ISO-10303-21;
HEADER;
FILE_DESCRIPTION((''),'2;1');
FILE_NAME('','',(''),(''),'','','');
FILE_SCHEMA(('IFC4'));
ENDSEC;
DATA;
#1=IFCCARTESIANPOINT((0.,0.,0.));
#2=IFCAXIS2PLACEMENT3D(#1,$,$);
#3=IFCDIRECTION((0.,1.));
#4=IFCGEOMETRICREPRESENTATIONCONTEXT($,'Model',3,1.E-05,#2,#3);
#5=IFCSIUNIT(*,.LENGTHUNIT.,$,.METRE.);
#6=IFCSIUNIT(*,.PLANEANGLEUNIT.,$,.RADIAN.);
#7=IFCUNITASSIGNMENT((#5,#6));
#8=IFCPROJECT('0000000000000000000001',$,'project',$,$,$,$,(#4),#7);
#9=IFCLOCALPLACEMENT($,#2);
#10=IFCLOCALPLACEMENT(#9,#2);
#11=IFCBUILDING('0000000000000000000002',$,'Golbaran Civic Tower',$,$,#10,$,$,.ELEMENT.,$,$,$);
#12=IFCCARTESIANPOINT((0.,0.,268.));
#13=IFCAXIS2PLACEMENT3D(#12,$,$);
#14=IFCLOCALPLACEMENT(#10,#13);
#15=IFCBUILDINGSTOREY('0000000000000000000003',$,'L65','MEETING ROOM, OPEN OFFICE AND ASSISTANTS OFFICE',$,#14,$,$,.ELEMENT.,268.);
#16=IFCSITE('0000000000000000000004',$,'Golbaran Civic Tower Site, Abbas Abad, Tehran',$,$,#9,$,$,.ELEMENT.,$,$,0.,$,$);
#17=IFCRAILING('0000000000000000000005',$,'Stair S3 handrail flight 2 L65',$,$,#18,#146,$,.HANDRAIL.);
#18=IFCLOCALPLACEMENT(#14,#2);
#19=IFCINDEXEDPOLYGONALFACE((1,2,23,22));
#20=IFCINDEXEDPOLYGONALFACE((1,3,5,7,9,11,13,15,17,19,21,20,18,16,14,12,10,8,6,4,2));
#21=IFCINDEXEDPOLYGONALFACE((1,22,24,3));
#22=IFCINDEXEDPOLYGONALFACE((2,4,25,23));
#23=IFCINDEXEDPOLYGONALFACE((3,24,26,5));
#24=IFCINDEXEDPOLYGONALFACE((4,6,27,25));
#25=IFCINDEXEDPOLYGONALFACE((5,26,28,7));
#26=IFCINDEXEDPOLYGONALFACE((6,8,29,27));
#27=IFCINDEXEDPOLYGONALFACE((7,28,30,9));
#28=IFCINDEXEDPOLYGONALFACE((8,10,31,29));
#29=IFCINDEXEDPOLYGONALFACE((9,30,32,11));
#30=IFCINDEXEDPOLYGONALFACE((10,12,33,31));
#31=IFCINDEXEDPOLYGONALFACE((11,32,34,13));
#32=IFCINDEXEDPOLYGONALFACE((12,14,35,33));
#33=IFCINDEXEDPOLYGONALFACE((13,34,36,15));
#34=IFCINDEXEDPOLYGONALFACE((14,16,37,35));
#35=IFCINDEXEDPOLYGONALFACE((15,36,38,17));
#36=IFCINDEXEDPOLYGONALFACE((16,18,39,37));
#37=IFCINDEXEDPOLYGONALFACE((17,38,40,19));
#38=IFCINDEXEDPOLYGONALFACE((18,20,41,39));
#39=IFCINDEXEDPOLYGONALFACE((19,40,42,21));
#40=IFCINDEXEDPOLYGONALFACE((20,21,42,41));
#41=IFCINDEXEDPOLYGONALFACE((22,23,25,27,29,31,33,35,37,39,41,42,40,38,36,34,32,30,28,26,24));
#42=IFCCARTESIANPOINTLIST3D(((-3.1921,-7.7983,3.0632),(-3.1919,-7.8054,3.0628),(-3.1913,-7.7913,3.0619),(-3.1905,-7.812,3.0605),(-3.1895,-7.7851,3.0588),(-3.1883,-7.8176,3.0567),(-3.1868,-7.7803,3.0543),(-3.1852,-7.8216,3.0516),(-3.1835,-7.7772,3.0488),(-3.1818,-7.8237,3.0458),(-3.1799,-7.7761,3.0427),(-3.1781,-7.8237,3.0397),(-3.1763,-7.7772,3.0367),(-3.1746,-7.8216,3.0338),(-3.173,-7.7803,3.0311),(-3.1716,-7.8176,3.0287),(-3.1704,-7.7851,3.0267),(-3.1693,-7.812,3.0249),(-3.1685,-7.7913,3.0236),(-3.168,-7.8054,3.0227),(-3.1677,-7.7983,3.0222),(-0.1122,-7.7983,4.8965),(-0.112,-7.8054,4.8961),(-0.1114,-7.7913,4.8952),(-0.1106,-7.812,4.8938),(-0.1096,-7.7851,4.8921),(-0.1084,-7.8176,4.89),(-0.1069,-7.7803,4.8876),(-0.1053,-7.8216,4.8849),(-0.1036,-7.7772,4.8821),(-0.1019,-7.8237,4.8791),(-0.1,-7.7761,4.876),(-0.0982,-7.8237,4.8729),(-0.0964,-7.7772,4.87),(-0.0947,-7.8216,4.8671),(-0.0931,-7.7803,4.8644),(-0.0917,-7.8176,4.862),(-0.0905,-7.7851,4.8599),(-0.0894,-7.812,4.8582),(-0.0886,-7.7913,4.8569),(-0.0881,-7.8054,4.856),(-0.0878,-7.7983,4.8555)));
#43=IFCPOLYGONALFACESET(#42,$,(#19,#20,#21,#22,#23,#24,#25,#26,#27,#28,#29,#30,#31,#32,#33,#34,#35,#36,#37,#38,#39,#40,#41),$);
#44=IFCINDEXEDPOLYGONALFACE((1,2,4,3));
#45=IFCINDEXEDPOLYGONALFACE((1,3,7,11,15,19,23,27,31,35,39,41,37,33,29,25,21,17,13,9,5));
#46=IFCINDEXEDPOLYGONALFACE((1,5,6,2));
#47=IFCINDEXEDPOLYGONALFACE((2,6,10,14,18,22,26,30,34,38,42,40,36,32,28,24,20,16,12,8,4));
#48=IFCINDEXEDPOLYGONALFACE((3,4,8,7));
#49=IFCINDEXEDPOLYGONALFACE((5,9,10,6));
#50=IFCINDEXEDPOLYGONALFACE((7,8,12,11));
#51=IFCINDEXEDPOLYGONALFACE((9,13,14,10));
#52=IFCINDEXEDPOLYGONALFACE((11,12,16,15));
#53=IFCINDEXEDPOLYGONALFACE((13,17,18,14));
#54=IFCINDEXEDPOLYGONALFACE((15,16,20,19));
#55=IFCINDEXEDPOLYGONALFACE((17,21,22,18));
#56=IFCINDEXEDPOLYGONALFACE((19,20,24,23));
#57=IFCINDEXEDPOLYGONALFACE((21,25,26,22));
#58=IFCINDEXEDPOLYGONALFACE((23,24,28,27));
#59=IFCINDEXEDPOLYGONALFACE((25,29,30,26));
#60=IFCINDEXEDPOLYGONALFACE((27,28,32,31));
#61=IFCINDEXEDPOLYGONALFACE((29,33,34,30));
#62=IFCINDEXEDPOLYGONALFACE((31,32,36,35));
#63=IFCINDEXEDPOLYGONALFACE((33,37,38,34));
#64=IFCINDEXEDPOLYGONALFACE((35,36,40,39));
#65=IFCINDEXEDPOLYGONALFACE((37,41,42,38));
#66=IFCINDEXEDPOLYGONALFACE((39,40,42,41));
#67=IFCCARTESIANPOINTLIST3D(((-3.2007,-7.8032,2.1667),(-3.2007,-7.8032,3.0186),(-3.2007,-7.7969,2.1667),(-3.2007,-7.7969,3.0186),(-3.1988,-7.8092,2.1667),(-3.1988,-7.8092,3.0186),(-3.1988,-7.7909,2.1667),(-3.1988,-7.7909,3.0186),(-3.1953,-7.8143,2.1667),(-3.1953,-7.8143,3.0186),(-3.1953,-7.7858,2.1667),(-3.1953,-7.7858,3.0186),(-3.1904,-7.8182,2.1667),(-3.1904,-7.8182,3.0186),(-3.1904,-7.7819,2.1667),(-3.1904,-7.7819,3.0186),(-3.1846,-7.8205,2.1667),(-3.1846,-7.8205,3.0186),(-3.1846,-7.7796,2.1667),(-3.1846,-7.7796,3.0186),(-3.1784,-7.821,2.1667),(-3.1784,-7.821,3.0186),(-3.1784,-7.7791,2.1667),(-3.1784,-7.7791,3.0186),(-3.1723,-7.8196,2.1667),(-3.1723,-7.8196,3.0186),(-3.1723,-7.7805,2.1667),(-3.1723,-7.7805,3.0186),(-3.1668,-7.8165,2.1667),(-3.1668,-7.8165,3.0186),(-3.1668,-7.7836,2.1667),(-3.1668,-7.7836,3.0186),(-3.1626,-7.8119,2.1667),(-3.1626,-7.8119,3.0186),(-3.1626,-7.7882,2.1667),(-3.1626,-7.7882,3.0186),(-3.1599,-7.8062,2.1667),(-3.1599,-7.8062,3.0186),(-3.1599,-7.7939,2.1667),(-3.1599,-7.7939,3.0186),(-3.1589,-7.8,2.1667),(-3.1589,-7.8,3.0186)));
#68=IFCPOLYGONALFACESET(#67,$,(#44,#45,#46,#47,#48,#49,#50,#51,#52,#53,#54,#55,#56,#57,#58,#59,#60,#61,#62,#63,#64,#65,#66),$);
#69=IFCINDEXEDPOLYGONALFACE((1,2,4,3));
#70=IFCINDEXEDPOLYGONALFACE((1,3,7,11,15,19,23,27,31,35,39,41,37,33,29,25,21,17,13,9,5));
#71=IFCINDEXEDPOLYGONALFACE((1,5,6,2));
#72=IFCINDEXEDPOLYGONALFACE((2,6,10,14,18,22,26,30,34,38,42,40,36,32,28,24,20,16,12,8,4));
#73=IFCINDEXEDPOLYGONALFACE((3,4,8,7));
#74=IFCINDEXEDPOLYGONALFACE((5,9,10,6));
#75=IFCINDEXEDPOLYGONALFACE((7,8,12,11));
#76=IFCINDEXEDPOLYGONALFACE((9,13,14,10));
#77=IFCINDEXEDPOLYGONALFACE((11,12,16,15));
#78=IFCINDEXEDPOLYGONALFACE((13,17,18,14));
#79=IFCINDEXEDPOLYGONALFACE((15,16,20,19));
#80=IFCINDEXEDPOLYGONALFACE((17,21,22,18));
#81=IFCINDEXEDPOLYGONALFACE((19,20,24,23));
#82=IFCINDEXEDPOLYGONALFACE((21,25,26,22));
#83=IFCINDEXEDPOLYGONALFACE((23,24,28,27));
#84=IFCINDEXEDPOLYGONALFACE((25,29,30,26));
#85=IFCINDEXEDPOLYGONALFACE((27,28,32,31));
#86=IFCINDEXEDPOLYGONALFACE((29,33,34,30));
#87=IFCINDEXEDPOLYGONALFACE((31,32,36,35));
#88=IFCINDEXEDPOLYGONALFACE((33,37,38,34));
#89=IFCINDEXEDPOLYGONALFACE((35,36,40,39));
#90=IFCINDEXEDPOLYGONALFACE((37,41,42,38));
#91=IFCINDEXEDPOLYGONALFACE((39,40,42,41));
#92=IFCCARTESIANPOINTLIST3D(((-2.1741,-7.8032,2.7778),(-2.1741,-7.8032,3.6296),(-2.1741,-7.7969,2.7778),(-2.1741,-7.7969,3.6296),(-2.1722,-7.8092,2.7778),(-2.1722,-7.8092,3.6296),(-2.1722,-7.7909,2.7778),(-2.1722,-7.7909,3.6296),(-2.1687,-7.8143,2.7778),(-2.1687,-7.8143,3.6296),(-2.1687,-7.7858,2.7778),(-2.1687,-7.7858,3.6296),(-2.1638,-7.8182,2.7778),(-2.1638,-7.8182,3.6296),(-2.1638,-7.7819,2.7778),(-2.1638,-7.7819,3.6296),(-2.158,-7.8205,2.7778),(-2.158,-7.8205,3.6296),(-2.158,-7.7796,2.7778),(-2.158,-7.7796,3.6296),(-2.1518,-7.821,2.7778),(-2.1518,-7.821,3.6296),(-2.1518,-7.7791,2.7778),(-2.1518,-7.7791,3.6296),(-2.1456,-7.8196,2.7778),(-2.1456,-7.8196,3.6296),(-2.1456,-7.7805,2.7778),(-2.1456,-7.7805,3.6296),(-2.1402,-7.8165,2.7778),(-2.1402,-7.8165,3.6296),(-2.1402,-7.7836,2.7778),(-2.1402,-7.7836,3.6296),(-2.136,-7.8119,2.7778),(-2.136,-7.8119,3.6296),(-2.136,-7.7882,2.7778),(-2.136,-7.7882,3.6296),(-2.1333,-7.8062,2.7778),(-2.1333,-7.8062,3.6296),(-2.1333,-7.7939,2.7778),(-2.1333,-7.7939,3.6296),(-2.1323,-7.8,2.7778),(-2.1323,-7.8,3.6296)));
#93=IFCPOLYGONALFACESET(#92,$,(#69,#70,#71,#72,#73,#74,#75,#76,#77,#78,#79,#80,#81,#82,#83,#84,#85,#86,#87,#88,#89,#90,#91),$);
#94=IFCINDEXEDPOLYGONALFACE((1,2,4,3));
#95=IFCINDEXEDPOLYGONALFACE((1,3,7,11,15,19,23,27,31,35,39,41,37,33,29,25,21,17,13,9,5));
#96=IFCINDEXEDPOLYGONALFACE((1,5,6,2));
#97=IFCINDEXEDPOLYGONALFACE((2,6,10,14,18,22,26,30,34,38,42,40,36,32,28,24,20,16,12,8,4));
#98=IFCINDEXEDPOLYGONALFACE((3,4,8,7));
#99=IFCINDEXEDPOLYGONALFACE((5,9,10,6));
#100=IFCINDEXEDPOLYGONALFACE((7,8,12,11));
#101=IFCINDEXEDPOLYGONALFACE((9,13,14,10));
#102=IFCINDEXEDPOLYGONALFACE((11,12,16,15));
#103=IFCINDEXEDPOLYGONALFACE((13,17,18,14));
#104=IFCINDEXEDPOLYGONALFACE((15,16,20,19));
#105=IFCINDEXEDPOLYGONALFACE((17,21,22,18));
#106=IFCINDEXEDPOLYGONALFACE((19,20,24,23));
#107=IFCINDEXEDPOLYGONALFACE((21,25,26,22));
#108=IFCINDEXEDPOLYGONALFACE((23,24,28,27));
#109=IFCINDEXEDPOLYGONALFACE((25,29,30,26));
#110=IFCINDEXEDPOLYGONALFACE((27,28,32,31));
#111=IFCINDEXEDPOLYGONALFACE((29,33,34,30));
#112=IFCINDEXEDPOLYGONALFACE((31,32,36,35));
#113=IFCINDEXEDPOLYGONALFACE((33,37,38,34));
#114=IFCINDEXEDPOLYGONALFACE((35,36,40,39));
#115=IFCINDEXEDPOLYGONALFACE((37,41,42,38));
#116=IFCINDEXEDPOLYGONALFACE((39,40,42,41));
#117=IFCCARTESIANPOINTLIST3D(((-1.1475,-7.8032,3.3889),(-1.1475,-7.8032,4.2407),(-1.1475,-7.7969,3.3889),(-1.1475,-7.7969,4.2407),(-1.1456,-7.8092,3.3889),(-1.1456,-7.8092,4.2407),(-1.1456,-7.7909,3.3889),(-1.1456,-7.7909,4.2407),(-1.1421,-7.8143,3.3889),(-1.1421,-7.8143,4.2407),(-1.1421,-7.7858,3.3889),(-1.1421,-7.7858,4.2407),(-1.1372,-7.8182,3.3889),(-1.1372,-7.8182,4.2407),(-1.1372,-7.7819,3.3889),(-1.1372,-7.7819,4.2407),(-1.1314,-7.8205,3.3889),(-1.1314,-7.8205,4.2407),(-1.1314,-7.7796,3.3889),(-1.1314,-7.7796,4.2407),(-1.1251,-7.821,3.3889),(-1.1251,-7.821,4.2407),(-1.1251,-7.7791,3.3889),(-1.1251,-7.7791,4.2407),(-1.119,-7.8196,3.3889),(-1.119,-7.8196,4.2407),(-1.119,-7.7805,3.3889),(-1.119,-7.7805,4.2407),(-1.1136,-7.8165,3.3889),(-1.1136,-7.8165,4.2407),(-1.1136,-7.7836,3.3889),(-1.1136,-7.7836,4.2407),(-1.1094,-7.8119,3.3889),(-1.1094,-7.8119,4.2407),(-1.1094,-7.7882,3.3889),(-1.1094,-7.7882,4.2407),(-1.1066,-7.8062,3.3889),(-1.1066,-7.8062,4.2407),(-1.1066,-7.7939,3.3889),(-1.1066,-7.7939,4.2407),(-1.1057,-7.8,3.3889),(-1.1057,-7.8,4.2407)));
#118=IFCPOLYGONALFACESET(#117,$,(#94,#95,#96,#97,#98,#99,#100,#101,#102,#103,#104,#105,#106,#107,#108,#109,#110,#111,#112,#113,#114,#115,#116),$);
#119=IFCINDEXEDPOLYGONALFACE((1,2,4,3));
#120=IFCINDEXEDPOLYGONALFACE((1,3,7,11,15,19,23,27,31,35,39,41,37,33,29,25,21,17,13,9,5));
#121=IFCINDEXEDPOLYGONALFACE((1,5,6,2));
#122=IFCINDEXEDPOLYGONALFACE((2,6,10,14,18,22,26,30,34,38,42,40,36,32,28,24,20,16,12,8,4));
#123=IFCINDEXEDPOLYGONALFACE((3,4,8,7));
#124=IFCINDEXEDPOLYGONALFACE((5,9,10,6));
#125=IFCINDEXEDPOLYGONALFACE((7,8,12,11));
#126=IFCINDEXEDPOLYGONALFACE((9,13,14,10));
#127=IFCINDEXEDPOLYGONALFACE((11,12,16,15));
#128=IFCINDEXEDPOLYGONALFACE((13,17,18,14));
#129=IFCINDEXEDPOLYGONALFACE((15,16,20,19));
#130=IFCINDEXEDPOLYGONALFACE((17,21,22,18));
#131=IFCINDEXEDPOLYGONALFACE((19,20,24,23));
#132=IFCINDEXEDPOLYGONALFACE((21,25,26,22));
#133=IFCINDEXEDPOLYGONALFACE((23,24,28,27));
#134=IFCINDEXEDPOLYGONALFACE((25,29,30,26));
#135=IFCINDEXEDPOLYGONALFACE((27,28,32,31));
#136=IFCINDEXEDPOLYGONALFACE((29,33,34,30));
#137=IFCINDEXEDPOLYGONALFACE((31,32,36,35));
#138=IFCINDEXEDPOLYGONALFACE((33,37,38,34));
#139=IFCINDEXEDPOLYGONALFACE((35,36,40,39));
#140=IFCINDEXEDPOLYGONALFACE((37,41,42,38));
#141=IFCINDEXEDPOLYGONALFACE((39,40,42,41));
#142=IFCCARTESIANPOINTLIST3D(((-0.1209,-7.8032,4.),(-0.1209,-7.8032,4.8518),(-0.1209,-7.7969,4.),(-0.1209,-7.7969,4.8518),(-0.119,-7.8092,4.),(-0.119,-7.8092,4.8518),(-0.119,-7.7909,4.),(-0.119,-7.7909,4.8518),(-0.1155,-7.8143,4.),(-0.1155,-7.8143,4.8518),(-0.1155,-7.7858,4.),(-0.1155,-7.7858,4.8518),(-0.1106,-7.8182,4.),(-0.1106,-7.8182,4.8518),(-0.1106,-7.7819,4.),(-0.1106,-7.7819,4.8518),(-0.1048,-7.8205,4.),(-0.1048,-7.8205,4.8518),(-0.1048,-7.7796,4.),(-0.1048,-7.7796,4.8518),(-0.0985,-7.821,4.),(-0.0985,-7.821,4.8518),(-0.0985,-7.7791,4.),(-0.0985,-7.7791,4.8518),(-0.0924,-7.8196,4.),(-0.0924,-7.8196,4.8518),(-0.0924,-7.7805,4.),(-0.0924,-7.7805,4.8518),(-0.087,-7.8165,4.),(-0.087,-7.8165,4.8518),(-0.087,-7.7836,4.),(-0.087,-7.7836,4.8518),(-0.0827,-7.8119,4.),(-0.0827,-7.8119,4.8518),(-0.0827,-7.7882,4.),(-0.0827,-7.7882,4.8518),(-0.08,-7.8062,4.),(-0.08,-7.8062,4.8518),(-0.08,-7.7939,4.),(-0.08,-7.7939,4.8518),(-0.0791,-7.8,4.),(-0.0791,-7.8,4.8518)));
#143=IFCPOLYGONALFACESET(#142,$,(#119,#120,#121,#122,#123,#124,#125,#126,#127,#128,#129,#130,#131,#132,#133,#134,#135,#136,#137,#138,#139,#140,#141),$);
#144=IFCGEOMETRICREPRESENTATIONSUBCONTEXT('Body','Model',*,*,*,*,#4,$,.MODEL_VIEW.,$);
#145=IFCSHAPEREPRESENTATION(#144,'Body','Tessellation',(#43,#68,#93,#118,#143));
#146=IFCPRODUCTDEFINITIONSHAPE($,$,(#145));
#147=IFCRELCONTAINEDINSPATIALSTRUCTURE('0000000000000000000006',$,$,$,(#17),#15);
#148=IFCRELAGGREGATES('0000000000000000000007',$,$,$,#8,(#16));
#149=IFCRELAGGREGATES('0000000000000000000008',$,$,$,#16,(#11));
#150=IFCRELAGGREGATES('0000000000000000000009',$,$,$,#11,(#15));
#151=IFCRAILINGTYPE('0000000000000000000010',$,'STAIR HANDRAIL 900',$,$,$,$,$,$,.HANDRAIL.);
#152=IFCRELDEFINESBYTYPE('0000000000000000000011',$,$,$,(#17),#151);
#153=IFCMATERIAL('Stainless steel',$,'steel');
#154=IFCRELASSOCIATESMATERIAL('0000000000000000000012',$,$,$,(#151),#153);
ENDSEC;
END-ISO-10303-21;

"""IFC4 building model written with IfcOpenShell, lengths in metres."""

from ifc_helpers import new_model, si_unit, direction, frame, origin, origin_2d, place, context, subcontext, project, spatial, circle, extrude, material, type_object, element, save


model = new_model("IFC4")

# Units and contexts
model_context = context("Model", 3, precision=1e-05, world=origin(), true_north=direction((0.0, 1.0)))
body_context = subcontext(model_context, "Body", "Model", "MODEL_VIEW")
ifc_project = project(units=[si_unit("LENGTHUNIT", "METRE"), si_unit("PLANEANGLEUNIT", "RADIAN")], contexts=[model_context])

# Site, building, storey
site_placement = place(None, origin())
site = spatial("IfcSite", under=ifc_project, at=site_placement, Name="Golbaran Civic Tower Site, Abbas Abad, Tehran", CompositionType="ELEMENT", RefElevation=0.0)
building_placement = place(site_placement, origin())
building = spatial("IfcBuilding", under=site, at=building_placement, Name="Golbaran Civic Tower", CompositionType="ELEMENT")
storey_placement = place(building_placement, frame((0.0, 0.0, 268.0)))
storey = spatial("IfcBuildingStorey", under=building, at=storey_placement, Name="L65", Description="MEETING ROOM, OPEN OFFICE AND ASSISTANTS OFFICE", CompositionType="ELEMENT", Elevation=268.0)

# Shared definitions
ifc_material_1 = material(Name="Stainless steel", Category="steel")

# Railing
railing_type = type_object("IfcRailingType", Name="STAIR HANDRAIL 900", PredefinedType="HANDRAIL", material=ifc_material_1)
railing_1_placement = place(storey_placement, frame((-3.1799, -7.8, 2.1667)))
element("IfcRailing", 1, at=railing_1_placement, inside=storey, type_object=railing_type, Name="Stair S3 handrail flight 2 L65", PredefinedType="HANDRAIL", context=body_context, shape_type="SweptSolid", body=[
    extrude(circle(Radius=0.0239, at=origin_2d()), frame((0.0, 0.0, 0.876), z_axis=(0.859291, 0.0, 0.511487), x_axis=(0.0, 1.0, 0.0)), (0.0, 0.0, 1.0), 3.5842),
    extrude(circle(Radius=0.021, at=origin_2d()), origin(), (0.0, 0.0, 1.0), 0.8518),
    extrude(circle(Radius=0.021, at=origin_2d()), frame((1.0266, 0.0, 0.6111)), (0.0, 0.0, 1.0), 0.8518),
    extrude(circle(Radius=0.021, at=origin_2d()), frame((2.0532, 0.0, 1.2222)), (0.0, 0.0, 1.0), 0.8518),
    extrude(circle(Radius=0.021, at=origin_2d()), frame((3.0798, 0.0, 1.8333)), (0.0, 0.0, 1.0), 0.8518),
])

save(model, "model.ifc")
